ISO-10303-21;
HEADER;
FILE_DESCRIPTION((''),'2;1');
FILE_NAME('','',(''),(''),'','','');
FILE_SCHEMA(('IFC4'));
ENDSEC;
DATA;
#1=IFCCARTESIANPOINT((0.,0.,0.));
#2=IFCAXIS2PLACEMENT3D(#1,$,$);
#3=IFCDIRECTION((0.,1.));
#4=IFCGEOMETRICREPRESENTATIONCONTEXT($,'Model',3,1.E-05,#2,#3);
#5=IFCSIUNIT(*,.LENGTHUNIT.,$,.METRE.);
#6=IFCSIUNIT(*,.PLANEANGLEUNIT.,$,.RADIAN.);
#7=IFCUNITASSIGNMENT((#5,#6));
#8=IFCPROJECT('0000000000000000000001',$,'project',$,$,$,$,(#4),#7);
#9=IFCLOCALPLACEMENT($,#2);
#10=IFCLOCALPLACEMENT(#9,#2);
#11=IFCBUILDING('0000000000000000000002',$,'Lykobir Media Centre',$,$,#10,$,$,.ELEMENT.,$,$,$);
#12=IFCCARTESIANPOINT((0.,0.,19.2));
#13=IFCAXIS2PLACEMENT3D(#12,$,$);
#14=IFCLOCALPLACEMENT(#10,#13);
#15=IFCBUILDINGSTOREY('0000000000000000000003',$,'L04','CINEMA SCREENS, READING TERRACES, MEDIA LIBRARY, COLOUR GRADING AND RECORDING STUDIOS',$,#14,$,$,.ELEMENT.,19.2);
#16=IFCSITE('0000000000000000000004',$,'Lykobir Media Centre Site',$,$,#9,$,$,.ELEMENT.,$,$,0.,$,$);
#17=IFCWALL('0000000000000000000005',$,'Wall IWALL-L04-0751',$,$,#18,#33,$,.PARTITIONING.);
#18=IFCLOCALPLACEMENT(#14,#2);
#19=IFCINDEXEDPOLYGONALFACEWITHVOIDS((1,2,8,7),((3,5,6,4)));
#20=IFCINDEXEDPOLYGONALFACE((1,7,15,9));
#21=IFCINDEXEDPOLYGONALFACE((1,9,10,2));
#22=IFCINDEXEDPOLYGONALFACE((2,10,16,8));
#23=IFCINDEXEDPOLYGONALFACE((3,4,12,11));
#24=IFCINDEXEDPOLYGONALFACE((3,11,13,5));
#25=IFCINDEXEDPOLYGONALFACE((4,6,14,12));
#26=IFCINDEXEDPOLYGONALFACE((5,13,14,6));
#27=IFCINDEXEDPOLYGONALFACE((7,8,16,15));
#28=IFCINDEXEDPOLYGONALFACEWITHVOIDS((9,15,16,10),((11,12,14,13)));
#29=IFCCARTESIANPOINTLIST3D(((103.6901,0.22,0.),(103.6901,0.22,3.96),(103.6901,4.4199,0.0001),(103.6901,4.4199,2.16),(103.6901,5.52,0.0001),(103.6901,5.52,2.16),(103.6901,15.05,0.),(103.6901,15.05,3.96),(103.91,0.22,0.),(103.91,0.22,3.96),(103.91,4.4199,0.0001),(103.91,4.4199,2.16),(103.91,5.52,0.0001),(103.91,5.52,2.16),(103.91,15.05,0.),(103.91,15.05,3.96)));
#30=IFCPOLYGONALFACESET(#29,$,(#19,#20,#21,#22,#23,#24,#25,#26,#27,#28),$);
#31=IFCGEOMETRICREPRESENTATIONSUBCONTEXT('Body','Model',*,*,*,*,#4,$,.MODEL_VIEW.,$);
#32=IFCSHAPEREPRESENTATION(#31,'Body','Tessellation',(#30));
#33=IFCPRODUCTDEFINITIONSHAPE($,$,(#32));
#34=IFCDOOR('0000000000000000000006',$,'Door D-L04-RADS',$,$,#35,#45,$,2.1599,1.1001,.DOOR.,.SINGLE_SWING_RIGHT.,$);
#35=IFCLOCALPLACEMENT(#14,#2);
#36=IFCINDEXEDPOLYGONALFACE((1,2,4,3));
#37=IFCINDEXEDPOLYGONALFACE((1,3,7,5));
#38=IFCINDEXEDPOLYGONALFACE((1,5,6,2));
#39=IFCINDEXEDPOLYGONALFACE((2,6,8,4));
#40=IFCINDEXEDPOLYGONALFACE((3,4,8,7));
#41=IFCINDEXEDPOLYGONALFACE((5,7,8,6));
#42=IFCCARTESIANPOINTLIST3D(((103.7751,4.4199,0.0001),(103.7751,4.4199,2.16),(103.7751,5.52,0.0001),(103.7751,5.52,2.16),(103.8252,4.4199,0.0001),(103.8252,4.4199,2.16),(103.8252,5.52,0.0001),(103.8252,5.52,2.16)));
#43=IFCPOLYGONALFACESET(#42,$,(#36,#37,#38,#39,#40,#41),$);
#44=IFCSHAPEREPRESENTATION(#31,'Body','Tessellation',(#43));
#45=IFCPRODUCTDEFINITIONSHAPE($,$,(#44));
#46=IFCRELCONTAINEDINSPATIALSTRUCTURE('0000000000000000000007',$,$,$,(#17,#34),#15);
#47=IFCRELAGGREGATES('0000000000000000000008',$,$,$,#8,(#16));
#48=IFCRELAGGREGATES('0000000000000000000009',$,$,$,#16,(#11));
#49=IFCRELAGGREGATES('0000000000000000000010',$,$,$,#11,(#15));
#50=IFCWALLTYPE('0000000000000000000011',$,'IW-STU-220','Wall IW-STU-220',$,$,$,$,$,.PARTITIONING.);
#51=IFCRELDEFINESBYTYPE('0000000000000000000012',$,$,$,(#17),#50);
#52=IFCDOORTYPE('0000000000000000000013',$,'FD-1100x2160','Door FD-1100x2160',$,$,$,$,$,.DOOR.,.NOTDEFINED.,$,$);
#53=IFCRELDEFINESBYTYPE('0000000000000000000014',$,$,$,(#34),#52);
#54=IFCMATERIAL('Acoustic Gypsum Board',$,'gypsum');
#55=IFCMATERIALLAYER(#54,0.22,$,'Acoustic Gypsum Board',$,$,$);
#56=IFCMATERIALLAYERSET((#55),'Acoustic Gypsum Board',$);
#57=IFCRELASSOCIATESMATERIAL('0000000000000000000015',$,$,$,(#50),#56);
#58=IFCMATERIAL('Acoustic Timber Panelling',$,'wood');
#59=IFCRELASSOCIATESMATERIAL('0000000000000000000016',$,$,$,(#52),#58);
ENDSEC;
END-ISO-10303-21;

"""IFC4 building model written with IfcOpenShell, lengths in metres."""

from ifc_helpers import new_model, si_unit, direction, frame, frame_2d, origin, place, context, subcontext, project, spatial, rectangle, extrude, material, layer, layer_set, type_object, element, fill, save


model = new_model("IFC4")

# Units and contexts
model_context = context("Model", 3, precision=1e-05, world=origin(), true_north=direction((0.0, 1.0)))
body_context = subcontext(model_context, "Body", "Model", "MODEL_VIEW")
ifc_project = project(units=[si_unit("LENGTHUNIT", "METRE"), si_unit("PLANEANGLEUNIT", "RADIAN")], contexts=[model_context])

# Site, building, storey
site_placement = place(None, origin())
site = spatial("IfcSite", under=ifc_project, at=site_placement, Name="Lykobir Media Centre Site", CompositionType="ELEMENT", RefElevation=0.0)
building_placement = place(site_placement, origin())
building = spatial("IfcBuilding", under=site, at=building_placement, Name="Lykobir Media Centre", CompositionType="ELEMENT")
storey_placement = place(building_placement, frame((0.0, 0.0, 19.2)))
storey = spatial("IfcBuildingStorey", under=building, at=storey_placement, Name="L04", Description="CINEMA SCREENS, READING TERRACES, MEDIA LIBRARY, COLOUR GRADING AND RECORDING STUDIOS", CompositionType="ELEMENT", Elevation=19.2)

# Wall, opening, door
ifc_material_1 = material(Name="Acoustic Gypsum Board", Category="gypsum")
ifc_layer_1 = layer(ifc_material_1, 0.22, Name="Acoustic Gypsum Board")
ifc_layer_set_1 = layer_set([ifc_layer_1], Name="Acoustic Gypsum Board")
wall_type_1 = type_object("IfcWallType", Name="IW-STU-220", Description="Wall IW-STU-220", PredefinedType="PARTITIONING", material=ifc_layer_set_1)
wall_1_placement = place(storey_placement, frame((103.8, 0.22, 0.0), z_axis=(0.0, 0.0, 1.0), x_axis=(0.0, 1.0, 0.0)))
wall_1 = element("IfcWall", 1, at=wall_1_placement, inside=storey, type_object=wall_type_1, Name="Wall IWALL-L04-0751", PredefinedType="PARTITIONING", context=body_context, shape_type="SweptSolid", body=[
    extrude(rectangle(XDim=14.8301, YDim=0.22, at=frame_2d((7.415, 0.0))), origin(), (0.0, 0.0, 1.0), 3.96),
])
opening_1_placement = place(wall_1_placement, frame((4.2, 0.0, 0.0)))
opening_1 = element("IfcOpeningElement", 2, at=opening_1_placement, cuts=wall_1, PredefinedType="OPENING", context=body_context, shape_type="SweptSolid", body=[
    extrude(rectangle(XDim=1.1001, YDim=2.1599, at=frame_2d((0.55, 1.0801))), frame((0.0, 0.1199, 0.0), z_axis=(0.0, -1.0, 0.0), x_axis=(1.0, 0.0, 0.0)), (0.0, 0.0, 1.0), 0.24),
])
ifc_material_2 = material(Name="Acoustic Timber Panelling", Category="wood")
door_type = type_object("IfcDoorType", Name="FD-1100x2160", Description="Door FD-1100x2160", OperationType="NOTDEFINED", PredefinedType="DOOR", material=ifc_material_2)
door_placement = place(opening_1_placement, origin())
door = element("IfcDoor", 3, at=door_placement, inside=storey, type_object=door_type, Name="Door D-L04-RADS", OperationType="SINGLE_SWING_RIGHT", OverallHeight=2.1599, OverallWidth=1.1001, PredefinedType="DOOR", context=body_context, shape_type="SweptSolid", body=[
    extrude(rectangle(XDim=1.1001, YDim=2.1599, at=frame_2d((0.55, 1.0801))), frame((0.0, 0.0249, 0.0), z_axis=(0.0, -1.0, 0.0), x_axis=(1.0, 0.0, 0.0)), (0.0, 0.0, 1.0), 0.05),
])
fill(opening_1, door)

save(model, "model.ifc")
